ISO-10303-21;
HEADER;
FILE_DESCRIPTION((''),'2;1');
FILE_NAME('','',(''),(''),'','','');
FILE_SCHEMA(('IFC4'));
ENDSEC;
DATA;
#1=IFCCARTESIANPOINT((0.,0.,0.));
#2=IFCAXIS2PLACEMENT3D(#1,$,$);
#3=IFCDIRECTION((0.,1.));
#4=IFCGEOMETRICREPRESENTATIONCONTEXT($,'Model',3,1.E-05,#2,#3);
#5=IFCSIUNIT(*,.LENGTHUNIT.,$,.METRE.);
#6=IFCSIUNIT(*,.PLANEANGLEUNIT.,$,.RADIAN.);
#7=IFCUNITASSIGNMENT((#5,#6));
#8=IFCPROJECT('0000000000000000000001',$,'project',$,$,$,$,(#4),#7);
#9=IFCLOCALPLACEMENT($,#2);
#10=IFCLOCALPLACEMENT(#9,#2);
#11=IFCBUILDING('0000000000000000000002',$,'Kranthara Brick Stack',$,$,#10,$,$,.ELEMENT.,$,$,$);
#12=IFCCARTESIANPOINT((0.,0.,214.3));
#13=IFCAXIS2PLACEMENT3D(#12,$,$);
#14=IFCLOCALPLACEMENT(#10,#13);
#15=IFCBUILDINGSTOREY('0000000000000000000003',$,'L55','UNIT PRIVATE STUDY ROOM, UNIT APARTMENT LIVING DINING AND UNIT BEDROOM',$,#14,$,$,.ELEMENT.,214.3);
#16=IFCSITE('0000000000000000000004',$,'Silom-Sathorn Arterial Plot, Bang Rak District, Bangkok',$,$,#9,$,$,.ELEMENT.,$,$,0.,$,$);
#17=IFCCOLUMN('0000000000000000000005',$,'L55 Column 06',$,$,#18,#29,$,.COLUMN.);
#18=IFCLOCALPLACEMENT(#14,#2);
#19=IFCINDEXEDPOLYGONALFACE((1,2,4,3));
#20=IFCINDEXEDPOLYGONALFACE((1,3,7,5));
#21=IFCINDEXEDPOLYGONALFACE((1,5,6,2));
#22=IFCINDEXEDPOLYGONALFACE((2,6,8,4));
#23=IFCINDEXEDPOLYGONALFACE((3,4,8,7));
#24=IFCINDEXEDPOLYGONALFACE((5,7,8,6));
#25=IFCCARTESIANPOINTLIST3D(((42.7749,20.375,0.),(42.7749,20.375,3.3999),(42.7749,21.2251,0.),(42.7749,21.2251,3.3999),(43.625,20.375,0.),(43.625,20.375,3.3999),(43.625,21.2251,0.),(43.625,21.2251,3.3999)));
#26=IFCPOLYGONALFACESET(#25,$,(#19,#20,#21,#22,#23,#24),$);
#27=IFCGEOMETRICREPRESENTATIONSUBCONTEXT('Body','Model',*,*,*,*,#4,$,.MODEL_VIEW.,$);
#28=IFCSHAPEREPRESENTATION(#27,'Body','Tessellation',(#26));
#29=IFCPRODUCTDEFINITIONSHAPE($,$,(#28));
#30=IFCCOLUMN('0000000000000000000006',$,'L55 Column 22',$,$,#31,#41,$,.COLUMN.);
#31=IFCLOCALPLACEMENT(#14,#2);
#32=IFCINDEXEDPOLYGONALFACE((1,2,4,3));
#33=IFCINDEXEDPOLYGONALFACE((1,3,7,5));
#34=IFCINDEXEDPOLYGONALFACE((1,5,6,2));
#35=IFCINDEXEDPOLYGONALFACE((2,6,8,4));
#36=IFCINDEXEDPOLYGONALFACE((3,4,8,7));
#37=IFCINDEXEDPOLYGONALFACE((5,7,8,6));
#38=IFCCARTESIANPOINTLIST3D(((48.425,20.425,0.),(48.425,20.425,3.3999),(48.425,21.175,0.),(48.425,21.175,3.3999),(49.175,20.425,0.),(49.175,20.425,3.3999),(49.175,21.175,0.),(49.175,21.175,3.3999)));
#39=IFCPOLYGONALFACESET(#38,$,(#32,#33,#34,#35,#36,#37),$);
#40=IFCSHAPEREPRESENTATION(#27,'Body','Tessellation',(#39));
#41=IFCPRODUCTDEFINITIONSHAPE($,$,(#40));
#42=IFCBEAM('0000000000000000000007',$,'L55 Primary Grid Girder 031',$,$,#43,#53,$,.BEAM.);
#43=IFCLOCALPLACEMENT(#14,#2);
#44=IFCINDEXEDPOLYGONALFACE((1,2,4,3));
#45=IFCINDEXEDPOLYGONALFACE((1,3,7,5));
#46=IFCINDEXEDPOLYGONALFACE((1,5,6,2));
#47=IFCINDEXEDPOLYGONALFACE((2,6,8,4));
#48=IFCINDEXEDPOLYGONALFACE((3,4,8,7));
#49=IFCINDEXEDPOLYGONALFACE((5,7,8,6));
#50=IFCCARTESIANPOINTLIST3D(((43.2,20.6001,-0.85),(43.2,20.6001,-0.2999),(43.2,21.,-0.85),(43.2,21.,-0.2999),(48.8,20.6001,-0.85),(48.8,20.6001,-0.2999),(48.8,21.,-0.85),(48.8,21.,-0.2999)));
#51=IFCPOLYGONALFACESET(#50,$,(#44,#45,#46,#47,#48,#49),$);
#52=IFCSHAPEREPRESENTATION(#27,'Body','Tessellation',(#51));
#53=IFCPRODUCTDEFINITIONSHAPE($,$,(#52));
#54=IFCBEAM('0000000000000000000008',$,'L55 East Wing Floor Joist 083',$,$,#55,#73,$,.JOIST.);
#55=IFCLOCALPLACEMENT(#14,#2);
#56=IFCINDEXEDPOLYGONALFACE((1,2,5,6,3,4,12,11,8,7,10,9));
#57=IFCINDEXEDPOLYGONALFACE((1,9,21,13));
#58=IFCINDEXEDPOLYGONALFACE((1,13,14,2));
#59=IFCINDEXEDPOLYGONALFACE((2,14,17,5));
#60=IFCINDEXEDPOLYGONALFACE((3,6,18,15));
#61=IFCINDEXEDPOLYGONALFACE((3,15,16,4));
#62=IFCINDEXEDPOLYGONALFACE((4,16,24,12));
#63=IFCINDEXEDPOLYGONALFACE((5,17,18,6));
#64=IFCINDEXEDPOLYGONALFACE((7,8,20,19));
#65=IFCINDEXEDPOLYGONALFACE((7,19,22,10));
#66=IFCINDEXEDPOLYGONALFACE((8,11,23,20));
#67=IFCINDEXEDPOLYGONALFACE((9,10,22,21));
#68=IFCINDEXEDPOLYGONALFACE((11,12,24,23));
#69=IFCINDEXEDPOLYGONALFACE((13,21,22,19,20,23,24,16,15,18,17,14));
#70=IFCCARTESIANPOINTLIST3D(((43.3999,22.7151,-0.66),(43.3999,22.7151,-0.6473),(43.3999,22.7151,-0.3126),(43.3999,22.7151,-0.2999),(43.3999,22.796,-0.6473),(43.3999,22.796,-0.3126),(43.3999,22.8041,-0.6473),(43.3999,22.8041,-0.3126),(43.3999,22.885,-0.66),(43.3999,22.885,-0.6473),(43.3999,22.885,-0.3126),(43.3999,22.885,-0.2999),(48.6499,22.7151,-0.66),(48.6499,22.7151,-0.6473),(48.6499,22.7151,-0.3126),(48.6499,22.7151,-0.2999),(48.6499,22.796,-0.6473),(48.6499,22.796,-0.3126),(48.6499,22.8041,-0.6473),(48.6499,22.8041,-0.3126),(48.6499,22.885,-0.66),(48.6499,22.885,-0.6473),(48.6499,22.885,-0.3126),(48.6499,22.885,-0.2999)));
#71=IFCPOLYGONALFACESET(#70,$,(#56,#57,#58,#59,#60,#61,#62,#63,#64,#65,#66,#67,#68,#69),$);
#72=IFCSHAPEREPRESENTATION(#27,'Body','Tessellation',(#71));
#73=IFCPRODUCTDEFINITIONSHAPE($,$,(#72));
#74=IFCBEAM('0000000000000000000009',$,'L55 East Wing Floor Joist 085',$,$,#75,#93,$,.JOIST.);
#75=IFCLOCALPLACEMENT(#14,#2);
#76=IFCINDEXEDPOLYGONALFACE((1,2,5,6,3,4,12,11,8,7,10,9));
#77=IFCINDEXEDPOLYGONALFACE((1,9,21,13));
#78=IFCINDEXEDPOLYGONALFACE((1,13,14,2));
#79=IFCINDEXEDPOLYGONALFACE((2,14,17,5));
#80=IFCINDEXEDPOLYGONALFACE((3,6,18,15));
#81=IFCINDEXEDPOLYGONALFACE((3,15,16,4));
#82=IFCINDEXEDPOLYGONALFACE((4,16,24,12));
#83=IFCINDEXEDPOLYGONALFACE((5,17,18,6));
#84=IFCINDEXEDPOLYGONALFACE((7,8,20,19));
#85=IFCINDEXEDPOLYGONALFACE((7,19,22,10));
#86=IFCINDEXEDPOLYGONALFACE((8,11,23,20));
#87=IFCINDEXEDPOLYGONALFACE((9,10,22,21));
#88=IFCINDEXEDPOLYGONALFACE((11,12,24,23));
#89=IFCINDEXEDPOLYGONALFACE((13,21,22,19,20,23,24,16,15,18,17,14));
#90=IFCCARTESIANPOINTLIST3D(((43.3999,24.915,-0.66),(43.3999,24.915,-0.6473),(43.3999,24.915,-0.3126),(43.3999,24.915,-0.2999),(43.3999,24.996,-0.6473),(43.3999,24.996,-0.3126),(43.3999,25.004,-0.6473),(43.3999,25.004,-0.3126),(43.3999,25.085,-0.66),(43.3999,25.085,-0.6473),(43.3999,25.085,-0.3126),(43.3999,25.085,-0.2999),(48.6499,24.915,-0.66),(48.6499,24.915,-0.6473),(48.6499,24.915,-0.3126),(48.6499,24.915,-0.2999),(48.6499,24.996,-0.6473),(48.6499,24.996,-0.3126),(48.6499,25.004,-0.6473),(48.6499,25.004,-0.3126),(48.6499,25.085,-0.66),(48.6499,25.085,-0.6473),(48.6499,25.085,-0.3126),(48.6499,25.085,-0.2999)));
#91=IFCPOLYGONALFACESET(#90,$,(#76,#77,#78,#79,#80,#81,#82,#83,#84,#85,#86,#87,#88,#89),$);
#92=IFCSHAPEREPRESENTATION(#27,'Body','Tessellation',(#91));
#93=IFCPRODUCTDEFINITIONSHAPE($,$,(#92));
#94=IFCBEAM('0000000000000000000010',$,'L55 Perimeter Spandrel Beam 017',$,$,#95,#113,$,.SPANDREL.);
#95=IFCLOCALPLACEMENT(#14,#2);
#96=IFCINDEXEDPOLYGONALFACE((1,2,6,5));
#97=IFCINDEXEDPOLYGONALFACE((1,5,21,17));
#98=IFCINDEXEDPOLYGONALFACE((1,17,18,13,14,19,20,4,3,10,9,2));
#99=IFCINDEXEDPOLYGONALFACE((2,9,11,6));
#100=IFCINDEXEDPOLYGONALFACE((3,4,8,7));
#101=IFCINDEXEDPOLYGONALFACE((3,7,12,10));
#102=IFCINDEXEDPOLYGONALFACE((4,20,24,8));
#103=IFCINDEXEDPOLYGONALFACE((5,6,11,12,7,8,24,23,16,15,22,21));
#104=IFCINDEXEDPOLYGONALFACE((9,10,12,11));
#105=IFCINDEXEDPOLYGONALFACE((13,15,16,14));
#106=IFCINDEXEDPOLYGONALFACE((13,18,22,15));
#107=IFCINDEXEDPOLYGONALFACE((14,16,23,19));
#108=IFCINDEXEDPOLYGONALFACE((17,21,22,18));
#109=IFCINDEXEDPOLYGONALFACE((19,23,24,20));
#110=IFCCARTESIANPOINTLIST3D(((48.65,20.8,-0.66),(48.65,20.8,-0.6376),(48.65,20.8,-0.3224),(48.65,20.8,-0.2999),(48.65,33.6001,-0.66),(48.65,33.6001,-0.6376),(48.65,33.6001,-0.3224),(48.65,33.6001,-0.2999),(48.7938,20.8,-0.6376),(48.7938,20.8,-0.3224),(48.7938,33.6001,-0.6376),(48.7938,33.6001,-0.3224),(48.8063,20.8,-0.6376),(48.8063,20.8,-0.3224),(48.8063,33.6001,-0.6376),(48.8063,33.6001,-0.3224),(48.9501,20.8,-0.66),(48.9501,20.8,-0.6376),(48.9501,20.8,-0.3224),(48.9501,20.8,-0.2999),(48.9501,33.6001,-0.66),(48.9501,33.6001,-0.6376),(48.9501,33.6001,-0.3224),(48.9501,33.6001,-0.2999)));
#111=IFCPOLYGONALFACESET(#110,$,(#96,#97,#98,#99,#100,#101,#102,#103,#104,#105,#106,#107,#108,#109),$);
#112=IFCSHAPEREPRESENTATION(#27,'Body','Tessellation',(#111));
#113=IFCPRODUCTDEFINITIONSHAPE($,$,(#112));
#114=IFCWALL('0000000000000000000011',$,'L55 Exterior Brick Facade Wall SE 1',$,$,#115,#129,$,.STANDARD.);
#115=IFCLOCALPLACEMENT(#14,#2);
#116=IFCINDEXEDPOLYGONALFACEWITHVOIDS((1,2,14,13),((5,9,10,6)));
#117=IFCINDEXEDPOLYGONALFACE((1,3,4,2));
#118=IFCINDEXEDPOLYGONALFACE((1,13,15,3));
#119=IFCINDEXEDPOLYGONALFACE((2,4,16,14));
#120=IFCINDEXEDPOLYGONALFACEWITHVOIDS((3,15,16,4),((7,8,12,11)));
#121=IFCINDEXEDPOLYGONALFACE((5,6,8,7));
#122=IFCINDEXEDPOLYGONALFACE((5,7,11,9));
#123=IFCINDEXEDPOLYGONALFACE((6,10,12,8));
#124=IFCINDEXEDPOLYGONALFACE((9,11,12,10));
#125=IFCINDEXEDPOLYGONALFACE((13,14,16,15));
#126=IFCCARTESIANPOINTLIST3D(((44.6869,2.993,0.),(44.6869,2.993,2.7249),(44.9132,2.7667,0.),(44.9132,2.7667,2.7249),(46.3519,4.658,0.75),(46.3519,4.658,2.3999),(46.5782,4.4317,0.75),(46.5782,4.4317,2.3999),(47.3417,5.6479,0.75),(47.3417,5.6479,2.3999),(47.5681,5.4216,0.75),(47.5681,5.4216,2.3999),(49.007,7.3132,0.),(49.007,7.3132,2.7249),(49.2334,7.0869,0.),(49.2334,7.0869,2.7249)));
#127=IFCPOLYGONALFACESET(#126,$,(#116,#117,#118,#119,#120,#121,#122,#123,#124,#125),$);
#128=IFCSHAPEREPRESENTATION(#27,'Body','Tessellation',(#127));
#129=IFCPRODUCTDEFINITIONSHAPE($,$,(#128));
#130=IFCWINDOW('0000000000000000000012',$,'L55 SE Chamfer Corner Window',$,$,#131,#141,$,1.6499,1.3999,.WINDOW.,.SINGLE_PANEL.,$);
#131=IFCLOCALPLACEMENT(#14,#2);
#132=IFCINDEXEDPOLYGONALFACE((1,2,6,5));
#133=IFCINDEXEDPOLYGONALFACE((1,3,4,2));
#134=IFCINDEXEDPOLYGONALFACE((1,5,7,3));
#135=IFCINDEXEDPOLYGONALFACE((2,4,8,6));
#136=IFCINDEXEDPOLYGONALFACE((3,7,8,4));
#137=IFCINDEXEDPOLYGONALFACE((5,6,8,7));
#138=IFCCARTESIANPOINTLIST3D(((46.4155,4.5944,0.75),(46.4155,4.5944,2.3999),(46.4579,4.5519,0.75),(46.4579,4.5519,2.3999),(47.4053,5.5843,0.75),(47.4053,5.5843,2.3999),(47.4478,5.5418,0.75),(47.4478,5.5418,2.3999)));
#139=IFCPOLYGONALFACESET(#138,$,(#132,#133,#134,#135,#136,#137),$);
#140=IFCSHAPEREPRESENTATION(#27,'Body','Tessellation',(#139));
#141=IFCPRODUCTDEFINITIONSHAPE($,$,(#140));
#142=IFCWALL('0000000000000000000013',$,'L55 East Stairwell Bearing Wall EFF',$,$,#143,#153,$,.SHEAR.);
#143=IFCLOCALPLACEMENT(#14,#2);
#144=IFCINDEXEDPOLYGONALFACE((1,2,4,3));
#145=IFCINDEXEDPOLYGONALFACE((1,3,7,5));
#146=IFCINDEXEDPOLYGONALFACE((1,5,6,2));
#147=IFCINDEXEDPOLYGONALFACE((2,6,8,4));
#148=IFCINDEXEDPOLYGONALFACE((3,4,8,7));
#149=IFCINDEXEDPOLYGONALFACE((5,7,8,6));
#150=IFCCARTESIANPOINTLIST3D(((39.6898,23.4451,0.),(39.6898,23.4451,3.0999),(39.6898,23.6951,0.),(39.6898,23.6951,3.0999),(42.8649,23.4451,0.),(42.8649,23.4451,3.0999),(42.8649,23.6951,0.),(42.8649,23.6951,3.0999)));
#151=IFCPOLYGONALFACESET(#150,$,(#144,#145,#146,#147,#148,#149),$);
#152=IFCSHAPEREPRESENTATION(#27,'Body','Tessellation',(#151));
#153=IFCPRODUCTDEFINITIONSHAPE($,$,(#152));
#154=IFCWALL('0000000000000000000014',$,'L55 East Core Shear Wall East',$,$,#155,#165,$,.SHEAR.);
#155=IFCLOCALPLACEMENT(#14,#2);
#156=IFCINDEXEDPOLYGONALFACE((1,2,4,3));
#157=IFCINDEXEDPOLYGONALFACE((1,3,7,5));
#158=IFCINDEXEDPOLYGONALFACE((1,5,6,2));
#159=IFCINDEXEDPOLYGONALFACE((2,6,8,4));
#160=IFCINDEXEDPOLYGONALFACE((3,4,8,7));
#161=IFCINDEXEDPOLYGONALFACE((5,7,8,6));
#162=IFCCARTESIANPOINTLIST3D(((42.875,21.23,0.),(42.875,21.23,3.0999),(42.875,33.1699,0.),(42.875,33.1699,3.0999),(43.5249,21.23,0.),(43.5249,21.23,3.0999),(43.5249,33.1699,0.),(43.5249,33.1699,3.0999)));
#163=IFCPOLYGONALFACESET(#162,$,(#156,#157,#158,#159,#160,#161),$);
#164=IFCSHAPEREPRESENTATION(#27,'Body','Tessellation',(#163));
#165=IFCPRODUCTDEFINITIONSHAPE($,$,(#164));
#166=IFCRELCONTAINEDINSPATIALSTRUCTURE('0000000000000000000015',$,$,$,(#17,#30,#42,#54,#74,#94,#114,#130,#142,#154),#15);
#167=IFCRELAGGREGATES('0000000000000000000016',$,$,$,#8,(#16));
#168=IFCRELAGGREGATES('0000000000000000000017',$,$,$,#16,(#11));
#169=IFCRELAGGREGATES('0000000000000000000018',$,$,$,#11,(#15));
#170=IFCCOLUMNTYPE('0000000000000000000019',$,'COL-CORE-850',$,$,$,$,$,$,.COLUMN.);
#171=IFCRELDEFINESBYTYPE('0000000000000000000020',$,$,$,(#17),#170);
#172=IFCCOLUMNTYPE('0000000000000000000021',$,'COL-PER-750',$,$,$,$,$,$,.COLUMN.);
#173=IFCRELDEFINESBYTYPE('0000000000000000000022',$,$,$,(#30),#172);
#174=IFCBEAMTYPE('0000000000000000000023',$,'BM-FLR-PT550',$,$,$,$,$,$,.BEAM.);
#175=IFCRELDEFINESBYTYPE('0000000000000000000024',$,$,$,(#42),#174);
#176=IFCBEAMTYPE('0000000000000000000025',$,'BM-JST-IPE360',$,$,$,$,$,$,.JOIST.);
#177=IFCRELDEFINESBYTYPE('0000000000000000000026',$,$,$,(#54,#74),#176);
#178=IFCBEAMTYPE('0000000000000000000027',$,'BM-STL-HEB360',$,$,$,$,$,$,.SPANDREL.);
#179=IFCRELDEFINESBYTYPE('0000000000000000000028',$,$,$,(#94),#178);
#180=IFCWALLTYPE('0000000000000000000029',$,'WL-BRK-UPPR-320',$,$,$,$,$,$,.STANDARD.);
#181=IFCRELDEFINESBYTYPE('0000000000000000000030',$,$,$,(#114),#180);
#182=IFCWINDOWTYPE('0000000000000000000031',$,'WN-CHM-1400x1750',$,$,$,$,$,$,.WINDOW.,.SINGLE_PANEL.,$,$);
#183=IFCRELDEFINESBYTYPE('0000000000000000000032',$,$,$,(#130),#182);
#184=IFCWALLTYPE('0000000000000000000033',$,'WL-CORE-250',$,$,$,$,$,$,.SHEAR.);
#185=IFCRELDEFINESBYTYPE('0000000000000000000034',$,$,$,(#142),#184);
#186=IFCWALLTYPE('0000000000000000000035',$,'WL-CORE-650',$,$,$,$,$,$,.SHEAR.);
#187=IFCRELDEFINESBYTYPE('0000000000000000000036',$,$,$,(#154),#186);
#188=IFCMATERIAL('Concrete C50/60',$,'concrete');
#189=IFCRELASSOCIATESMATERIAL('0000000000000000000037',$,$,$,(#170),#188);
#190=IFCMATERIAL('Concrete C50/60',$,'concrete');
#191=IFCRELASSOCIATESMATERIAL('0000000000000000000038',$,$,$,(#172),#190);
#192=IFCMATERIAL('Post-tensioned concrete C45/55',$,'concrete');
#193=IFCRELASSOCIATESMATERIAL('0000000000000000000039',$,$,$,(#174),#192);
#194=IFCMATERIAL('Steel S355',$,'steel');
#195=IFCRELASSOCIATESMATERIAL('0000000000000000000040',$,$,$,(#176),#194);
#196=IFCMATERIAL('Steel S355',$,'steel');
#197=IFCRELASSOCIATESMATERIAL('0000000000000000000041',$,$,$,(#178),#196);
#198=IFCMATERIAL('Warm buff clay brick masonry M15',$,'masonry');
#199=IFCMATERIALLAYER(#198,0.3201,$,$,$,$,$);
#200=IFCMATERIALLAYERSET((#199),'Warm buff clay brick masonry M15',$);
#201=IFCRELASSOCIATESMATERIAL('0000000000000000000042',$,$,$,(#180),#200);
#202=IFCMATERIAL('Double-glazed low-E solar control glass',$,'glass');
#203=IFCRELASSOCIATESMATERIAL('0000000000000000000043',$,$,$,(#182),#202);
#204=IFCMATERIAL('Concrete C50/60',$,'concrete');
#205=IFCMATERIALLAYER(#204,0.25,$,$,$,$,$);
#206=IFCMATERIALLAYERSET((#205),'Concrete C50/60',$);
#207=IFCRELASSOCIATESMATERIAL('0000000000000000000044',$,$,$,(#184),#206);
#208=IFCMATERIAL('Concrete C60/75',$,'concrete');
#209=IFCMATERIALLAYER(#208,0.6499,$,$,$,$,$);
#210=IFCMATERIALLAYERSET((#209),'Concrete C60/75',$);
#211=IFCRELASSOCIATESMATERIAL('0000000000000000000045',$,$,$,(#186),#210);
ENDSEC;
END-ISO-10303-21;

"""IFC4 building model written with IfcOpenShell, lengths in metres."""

from ifc_helpers import new_model, si_unit, direction, frame, frame_2d, origin, origin_2d, place, context, subcontext, project, spatial, rectangle, i_section, extrude, material, layer, layer_set, material_profile, profile_set, type_object, element, fill, save


model = new_model("IFC4")

# Units and contexts
model_context = context("Model", 3, precision=1e-05, world=origin(), true_north=direction((0.0, 1.0)))
body_context = subcontext(model_context, "Body", "Model", "MODEL_VIEW")
ifc_project = project(units=[si_unit("LENGTHUNIT", "METRE"), si_unit("PLANEANGLEUNIT", "RADIAN")], contexts=[model_context])

# Site, building, storey
site_placement = place(None, origin())
site = spatial("IfcSite", under=ifc_project, at=site_placement, Name="Silom-Sathorn Arterial Plot, Bang Rak District, Bangkok", CompositionType="ELEMENT", RefElevation=0.0)
building_placement = place(site_placement, origin())
building = spatial("IfcBuilding", under=site, at=building_placement, Name="Kranthara Brick Stack", CompositionType="ELEMENT")
storey_placement = place(building_placement, frame((0.0, 0.0, 214.3)))
storey = spatial("IfcBuildingStorey", under=building, at=storey_placement, Name="L55", Description="UNIT PRIVATE STUDY ROOM, UNIT APARTMENT LIVING DINING AND UNIT BEDROOM", CompositionType="ELEMENT", Elevation=214.3)

# Columns
ifc_material_1 = material(Name="Concrete C50/60", Category="concrete")
ifc_material_profile_1 = material_profile(ifc_material_1, rectangle(XDim=0.8501, YDim=0.8501, at=origin_2d()), Name="RC 850x850")
ifc_profile_set_1 = profile_set([ifc_material_profile_1], Name="Concrete C50/60")
column_type_1 = type_object("IfcColumnType", Name="COL-CORE-850", PredefinedType="COLUMN", material=ifc_profile_set_1)
column_1_placement = place(storey_placement, frame((43.2, 20.8, 0.0), z_axis=(0.0, 0.0, 1.0), x_axis=(1.0, 0.0, 0.0)))
element("IfcColumn", 1, at=column_1_placement, inside=storey, type_object=column_type_1, Name="L55 Column 06", PredefinedType="COLUMN", context=body_context, shape_type="SweptSolid", body=[
    extrude(rectangle(XDim=0.8501, YDim=0.8501, at=origin_2d()), origin(), (0.0, 0.0, 1.0), 3.3999),
])
ifc_material_2 = material(Name="Concrete C50/60", Category="concrete")
ifc_material_profile_2 = material_profile(ifc_material_2, rectangle(XDim=0.75, YDim=0.75, at=origin_2d()), Name="RC 750x750")
ifc_profile_set_2 = profile_set([ifc_material_profile_2], Name="Concrete C50/60")
column_type_2 = type_object("IfcColumnType", Name="COL-PER-750", PredefinedType="COLUMN", material=ifc_profile_set_2)
column_2_placement = place(storey_placement, frame((48.8, 20.8, 0.0), z_axis=(0.0, 0.0, 1.0), x_axis=(1.0, 0.0, 0.0)))
element("IfcColumn", 2, at=column_2_placement, inside=storey, type_object=column_type_2, Name="L55 Column 22", PredefinedType="COLUMN", context=body_context, shape_type="SweptSolid", body=[
    extrude(rectangle(XDim=0.75, YDim=0.75, at=origin_2d()), origin(), (0.0, 0.0, 1.0), 3.3999),
])

# Beams
ifc_material_3 = material(Name="Post-tensioned concrete C45/55", Category="concrete")
ifc_material_profile_3 = material_profile(ifc_material_3, rectangle(XDim=0.3999, YDim=0.55, at=origin_2d()), Name="PT 400x550")
ifc_profile_set_3 = profile_set([ifc_material_profile_3], Name="Post-tensioned concrete C45/55")
beam_type_1 = type_object("IfcBeamType", Name="BM-FLR-PT550", PredefinedType="BEAM", material=ifc_profile_set_3)
beam_1_placement = place(storey_placement, frame((43.2, 20.8, -0.575), z_axis=(1.0, 0.0, 0.0), x_axis=(0.0, 1.0, 0.0)))
element("IfcBeam", 3, at=beam_1_placement, inside=storey, type_object=beam_type_1, Name="L55 Primary Grid Girder 031", PredefinedType="BEAM", context=body_context, shape_type="SweptSolid", body=[
    extrude(rectangle(XDim=0.3999, YDim=0.55, at=origin_2d()), origin(), (0.0, 0.0, 1.0), 5.6001),
])
ifc_material_4 = material(Name="Steel S355", Category="steel")
ifc_material_profile_4 = material_profile(ifc_material_4, i_section(OverallWidth=0.1699, OverallDepth=0.3601, WebThickness=0.0081, FlangeThickness=0.0127, at=origin_2d()), Name="IPE 360")
ifc_profile_set_4 = profile_set([ifc_material_profile_4], Name="Steel S355")
beam_type_2 = type_object("IfcBeamType", Name="BM-JST-IPE360", PredefinedType="JOIST", material=ifc_profile_set_4)
for number, where, z_axis, x_axis, name in (
    (4, (43.3999, 22.8, -0.48), (1.0, 0.0, 0.0), (0.0, 1.0, 0.0), "L55 East Wing Floor Joist 083"),
    (5, (43.3999, 25.0, -0.48), (1.0, 0.0, 0.0), (0.0, 1.0, 0.0), "L55 East Wing Floor Joist 085"),
):
    element("IfcBeam", number, at=place(storey_placement, frame(where, z_axis=z_axis, x_axis=x_axis)), inside=storey, type_object=beam_type_2, Name=name, PredefinedType="JOIST", context=body_context, shape_type="SweptSolid", body=[
        extrude(i_section(OverallWidth=0.1699, OverallDepth=0.3601, WebThickness=0.0081, FlangeThickness=0.0127, at=origin_2d()), origin(), (0.0, 0.0, 1.0), 5.25),
    ])
ifc_material_5 = material(Name="Steel S355", Category="steel")
ifc_material_profile_5 = material_profile(ifc_material_5, i_section(OverallWidth=0.3, OverallDepth=0.3601, WebThickness=0.0125, FlangeThickness=0.0225, at=origin_2d()), Name="HEB 360")
ifc_profile_set_5 = profile_set([ifc_material_profile_5], Name="Steel S355")
beam_type_3 = type_object("IfcBeamType", Name="BM-STL-HEB360", PredefinedType="SPANDREL", material=ifc_profile_set_5)
beam_2_placement = place(storey_placement, frame((48.8, 20.8, -0.48), z_axis=(0.0, 1.0, 0.0), x_axis=(-1.0, 0.0, 0.0)))
element("IfcBeam", 6, at=beam_2_placement, inside=storey, type_object=beam_type_3, Name="L55 Perimeter Spandrel Beam 017", PredefinedType="SPANDREL", context=body_context, shape_type="SweptSolid", body=[
    extrude(i_section(OverallWidth=0.3, OverallDepth=0.3601, WebThickness=0.0125, FlangeThickness=0.0225, at=origin_2d()), origin(), (0.0, 0.0, 1.0), 12.8),
])

# Wall, opening, window
ifc_material_6 = material(Name="Warm buff clay brick masonry M15", Category="masonry")
ifc_layer_1 = layer(ifc_material_6, 0.3201)
ifc_layer_set_1 = layer_set([ifc_layer_1], Name="Warm buff clay brick masonry M15")
wall_type_1 = type_object("IfcWallType", Name="WL-BRK-UPPR-320", PredefinedType="STANDARD", material=ifc_layer_set_1)
wall_1_placement = place(storey_placement, frame((49.1201, 7.2, 0.0), z_axis=(0.0, 0.0, 1.0), x_axis=(-0.707107, -0.707107, 0.0)))
wall_1 = element("IfcWall", 7, at=wall_1_placement, inside=storey, type_object=wall_type_1, Name="L55 Exterior Brick Facade Wall SE 1", PredefinedType="STANDARD", context=body_context, shape_type="SweptSolid", body=[
    extrude(rectangle(XDim=6.1096, YDim=0.3201, at=frame_2d((3.0547, 0.0))), origin(), (0.0, 0.0, 1.0), 2.7249),
])
opening_1_placement = place(wall_1_placement, frame((2.355, 0.0, 0.75)))
opening_1 = element("IfcOpeningElement", 8, at=opening_1_placement, cuts=wall_1, PredefinedType="OPENING", context=body_context, shape_type="SweptSolid", body=[
    extrude(rectangle(XDim=1.3999, YDim=1.6499, at=frame_2d((0.7, 0.825))), frame((0.0, 0.1699, 0.0), z_axis=(0.0, -1.0, 0.0), x_axis=(1.0, 0.0, 0.0)), (0.0, 0.0, 1.0), 0.3401),
])
ifc_material_7 = material(Name="Double-glazed low-E solar control glass", Category="glass")
window_type = type_object("IfcWindowType", Name="WN-CHM-1400x1750", PartitioningType="SINGLE_PANEL", PredefinedType="WINDOW", material=ifc_material_7)
window_placement = place(opening_1_placement, origin())
window = element("IfcWindow", 9, at=window_placement, inside=storey, type_object=window_type, Name="L55 SE Chamfer Corner Window", OverallHeight=1.6499, OverallWidth=1.3999, PartitioningType="SINGLE_PANEL", PredefinedType="WINDOW", context=body_context, shape_type="SweptSolid", body=[
    extrude(rectangle(XDim=1.3999, YDim=1.6499, at=frame_2d((0.7, 0.825))), frame((0.0, -0.01, 0.0), z_axis=(0.0, -1.0, 0.0), x_axis=(1.0, 0.0, 0.0)), (0.0, 0.0, 1.0), 0.0601),
])
fill(opening_1, window)

# Shared definitions
ifc_material_8 = material(Name="Concrete C50/60", Category="concrete")
ifc_layer_2 = layer(ifc_material_8, 0.25)
ifc_layer_set_2 = layer_set([ifc_layer_2], Name="Concrete C50/60")
wall_type_2 = type_object("IfcWallType", Name="WL-CORE-250", PredefinedType="SHEAR", material=ifc_layer_set_2)

# Walls
wall_2_placement = place(storey_placement, frame((39.6899, 23.5701, 0.0), z_axis=(0.0, 0.0, 1.0), x_axis=(1.0, 0.0, 0.0)))
element("IfcWall", 10, at=wall_2_placement, inside=storey, type_object=wall_type_2, Name="L55 East Stairwell Bearing Wall EFF", PredefinedType="SHEAR", context=body_context, shape_type="SweptSolid", body=[
    extrude(rectangle(XDim=3.175, YDim=0.25, at=frame_2d((1.5874, 0.0))), origin(), (0.0, 0.0, 1.0), 3.0999),
])
ifc_material_9 = material(Name="Concrete C60/75", Category="concrete")
ifc_layer_3 = layer(ifc_material_9, 0.6499)
ifc_layer_set_3 = layer_set([ifc_layer_3], Name="Concrete C60/75")
wall_type_3 = type_object("IfcWallType", Name="WL-CORE-650", PredefinedType="SHEAR", material=ifc_layer_set_3)
wall_3_placement = place(storey_placement, frame((43.2, 21.23, 0.0), z_axis=(0.0, 0.0, 1.0), x_axis=(0.0, 1.0, 0.0)))
element("IfcWall", 11, at=wall_3_placement, inside=storey, type_object=wall_type_3, Name="L55 East Core Shear Wall East", PredefinedType="SHEAR", context=body_context, shape_type="SweptSolid", body=[
    extrude(rectangle(XDim=11.9399, YDim=0.6499, at=frame_2d((5.97, 0.0))), origin(), (0.0, 0.0, 1.0), 3.0999),
])

save(model, "model.ifc")
